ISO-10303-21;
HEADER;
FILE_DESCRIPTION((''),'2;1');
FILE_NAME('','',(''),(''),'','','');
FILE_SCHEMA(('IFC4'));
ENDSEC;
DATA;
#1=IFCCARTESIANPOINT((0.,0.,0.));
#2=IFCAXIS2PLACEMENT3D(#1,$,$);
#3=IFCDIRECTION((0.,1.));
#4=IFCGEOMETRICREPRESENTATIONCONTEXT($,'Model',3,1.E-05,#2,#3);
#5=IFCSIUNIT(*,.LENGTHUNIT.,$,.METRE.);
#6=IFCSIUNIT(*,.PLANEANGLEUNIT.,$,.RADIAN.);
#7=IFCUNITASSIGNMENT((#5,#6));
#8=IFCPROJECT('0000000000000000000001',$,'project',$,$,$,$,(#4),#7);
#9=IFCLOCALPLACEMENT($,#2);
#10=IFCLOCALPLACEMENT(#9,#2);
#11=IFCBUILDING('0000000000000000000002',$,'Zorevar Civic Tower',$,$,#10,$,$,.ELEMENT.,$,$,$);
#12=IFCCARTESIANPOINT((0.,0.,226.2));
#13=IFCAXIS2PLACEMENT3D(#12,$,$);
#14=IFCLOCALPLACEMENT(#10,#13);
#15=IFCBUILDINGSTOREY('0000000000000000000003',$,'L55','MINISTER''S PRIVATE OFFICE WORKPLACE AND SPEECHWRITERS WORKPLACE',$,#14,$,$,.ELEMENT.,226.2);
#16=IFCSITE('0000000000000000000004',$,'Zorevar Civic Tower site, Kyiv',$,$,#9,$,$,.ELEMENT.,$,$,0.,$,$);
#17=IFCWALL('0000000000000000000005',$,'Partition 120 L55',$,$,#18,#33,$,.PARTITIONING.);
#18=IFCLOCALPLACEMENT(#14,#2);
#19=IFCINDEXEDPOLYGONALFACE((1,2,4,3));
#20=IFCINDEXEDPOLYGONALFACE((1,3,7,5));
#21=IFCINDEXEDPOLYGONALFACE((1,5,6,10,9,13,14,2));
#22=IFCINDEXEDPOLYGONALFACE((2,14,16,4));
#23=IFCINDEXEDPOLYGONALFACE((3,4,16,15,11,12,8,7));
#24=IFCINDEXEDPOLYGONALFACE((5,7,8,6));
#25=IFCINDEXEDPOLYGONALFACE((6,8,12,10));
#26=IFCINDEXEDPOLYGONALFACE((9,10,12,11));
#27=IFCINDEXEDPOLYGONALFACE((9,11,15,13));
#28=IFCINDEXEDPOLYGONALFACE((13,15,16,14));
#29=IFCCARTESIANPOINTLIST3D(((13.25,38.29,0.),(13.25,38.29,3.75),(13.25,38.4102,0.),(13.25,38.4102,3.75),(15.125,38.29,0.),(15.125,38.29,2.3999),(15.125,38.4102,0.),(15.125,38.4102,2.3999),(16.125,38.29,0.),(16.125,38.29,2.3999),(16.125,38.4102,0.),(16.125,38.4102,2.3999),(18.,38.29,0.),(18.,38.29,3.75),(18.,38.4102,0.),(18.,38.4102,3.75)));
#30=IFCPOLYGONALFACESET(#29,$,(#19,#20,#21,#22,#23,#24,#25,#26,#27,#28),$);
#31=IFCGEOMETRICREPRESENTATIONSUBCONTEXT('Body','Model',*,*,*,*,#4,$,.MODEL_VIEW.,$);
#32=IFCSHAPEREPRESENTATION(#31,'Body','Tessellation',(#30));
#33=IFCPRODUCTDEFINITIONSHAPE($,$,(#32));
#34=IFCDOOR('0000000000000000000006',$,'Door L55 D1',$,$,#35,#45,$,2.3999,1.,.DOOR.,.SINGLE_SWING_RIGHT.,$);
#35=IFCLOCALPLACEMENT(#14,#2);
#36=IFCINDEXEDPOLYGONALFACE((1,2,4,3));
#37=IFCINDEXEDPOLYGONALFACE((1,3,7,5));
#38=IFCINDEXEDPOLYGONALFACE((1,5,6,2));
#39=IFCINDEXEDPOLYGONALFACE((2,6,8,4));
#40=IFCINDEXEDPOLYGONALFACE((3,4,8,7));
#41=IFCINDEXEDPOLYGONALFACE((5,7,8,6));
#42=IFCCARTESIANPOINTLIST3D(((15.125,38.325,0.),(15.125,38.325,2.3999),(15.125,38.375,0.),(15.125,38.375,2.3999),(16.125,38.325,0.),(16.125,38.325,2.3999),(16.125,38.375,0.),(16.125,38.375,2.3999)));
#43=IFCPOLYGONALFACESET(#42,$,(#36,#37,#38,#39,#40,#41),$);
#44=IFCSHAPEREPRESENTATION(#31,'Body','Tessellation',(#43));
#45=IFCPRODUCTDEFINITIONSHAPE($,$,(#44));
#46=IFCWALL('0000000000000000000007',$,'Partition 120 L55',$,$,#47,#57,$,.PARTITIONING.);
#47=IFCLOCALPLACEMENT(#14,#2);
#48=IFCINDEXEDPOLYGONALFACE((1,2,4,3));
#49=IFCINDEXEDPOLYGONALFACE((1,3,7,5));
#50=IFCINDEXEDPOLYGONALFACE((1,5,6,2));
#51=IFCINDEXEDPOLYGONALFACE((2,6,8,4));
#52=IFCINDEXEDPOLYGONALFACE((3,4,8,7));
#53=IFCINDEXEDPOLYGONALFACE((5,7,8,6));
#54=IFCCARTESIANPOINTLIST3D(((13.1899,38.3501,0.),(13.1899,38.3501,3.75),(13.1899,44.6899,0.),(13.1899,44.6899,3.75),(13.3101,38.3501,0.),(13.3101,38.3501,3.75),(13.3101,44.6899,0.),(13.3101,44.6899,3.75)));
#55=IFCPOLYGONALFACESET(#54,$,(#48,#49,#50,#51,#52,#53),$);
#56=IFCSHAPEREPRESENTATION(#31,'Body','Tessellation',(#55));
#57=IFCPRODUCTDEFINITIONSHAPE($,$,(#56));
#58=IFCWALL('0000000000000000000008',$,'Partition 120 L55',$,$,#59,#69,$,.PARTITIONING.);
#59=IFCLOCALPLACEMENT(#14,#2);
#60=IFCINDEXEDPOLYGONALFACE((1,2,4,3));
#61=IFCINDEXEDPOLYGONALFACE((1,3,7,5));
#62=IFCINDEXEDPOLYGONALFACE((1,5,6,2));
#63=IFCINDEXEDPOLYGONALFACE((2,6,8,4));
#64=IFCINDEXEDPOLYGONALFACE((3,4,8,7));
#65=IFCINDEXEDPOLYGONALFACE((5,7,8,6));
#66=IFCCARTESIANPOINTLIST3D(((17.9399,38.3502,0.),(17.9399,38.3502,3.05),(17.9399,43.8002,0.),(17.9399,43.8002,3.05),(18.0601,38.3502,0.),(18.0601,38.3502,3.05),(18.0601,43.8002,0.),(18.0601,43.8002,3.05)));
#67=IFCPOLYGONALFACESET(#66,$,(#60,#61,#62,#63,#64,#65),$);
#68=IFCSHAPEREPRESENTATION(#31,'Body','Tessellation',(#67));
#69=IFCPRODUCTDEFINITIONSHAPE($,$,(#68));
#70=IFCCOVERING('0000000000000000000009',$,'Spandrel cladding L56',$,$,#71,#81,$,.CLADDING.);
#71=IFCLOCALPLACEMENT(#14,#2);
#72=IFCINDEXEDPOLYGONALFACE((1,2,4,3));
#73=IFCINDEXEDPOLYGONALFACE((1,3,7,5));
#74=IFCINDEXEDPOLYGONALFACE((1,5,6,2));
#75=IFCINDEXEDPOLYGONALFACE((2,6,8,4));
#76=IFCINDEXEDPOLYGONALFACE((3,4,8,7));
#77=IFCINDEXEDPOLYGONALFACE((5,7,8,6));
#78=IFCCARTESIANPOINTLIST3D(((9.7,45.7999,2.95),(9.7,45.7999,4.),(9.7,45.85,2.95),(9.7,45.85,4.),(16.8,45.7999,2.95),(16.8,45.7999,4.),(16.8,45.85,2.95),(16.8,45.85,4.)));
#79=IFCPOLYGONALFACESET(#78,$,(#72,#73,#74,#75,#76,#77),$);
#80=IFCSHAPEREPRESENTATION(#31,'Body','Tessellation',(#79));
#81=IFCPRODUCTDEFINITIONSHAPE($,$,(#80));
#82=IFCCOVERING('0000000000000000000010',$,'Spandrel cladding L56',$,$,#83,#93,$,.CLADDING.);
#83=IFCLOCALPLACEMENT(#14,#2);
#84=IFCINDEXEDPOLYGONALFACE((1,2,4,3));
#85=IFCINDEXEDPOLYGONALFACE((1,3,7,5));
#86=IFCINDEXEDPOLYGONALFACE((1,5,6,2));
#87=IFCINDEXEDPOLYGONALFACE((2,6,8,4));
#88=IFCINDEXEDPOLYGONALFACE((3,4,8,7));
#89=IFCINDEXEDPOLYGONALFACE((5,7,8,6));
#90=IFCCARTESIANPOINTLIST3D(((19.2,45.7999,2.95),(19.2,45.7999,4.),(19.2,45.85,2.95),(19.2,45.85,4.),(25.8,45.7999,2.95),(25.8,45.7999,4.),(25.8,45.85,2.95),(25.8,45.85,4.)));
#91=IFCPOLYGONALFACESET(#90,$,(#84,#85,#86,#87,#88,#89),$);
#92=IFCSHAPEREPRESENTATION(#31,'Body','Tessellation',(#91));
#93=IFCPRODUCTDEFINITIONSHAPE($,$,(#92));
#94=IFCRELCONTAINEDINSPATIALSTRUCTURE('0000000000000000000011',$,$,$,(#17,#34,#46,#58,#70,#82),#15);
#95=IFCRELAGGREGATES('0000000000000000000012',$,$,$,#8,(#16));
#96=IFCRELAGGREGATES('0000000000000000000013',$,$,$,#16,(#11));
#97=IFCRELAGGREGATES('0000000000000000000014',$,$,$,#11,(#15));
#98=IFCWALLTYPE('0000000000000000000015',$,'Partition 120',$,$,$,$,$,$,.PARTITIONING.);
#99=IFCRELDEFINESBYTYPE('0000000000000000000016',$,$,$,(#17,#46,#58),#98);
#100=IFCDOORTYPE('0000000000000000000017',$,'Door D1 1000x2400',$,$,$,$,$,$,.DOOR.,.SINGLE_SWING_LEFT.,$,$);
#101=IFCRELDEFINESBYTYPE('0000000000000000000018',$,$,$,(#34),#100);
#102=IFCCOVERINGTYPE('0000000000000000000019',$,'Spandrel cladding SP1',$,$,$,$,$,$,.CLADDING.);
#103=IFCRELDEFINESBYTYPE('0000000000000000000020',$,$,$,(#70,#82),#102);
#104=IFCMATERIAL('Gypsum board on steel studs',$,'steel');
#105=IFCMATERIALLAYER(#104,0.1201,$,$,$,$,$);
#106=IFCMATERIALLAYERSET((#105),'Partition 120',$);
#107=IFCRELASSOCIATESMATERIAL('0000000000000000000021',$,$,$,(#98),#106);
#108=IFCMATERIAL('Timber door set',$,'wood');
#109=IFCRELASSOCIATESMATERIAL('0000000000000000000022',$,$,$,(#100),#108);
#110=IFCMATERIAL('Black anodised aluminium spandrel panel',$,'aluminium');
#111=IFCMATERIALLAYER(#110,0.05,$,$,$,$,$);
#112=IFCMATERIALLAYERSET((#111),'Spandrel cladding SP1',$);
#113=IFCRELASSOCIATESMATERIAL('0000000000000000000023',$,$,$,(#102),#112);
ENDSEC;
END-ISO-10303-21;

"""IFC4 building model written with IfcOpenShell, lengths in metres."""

from ifc_helpers import new_model, si_unit, direction, frame, frame_2d, origin, place, context, subcontext, project, spatial, rectangle, extrude, material, layer, layer_set, type_object, element, fill, save


model = new_model("IFC4")

# Units and contexts
model_context = context("Model", 3, precision=1e-05, world=origin(), true_north=direction((0.0, 1.0)))
body_context = subcontext(model_context, "Body", "Model", "MODEL_VIEW")
ifc_project = project(units=[si_unit("LENGTHUNIT", "METRE"), si_unit("PLANEANGLEUNIT", "RADIAN")], contexts=[model_context])

# Site, building, storey
site_placement = place(None, origin())
site = spatial("IfcSite", under=ifc_project, at=site_placement, Name="Zorevar Civic Tower site, Kyiv", CompositionType="ELEMENT", RefElevation=0.0)
building_placement = place(site_placement, origin())
building = spatial("IfcBuilding", under=site, at=building_placement, Name="Zorevar Civic Tower", CompositionType="ELEMENT")
storey_placement = place(building_placement, frame((0.0, 0.0, 226.2)))
storey = spatial("IfcBuildingStorey", under=building, at=storey_placement, Name="L55", Description="MINISTER'S PRIVATE OFFICE WORKPLACE AND SPEECHWRITERS WORKPLACE", CompositionType="ELEMENT", Elevation=226.2)

# Wall, opening, door
ifc_material_1 = material(Name="Gypsum board on steel studs", Category="steel")
ifc_layer_1 = layer(ifc_material_1, 0.1201)
ifc_layer_set_1 = layer_set([ifc_layer_1], Name="Partition 120")
wall_type_1 = type_object("IfcWallType", Name="Partition 120", PredefinedType="PARTITIONING", material=ifc_layer_set_1)
wall_1_placement = place(storey_placement, frame((13.25, 38.3501, 0.0), z_axis=(0.0, 0.0, 1.0), x_axis=(1.0, 0.0, 0.0)))
wall_1 = element("IfcWall", 1, at=wall_1_placement, inside=storey, type_object=wall_type_1, Name="Partition 120 L55", PredefinedType="PARTITIONING", context=body_context, shape_type="SweptSolid", body=[
    extrude(rectangle(XDim=4.75, YDim=0.1201, at=frame_2d((2.375, 0.0))), origin(), (0.0, 0.0, 1.0), 3.75),
])
opening_1_placement = place(wall_1_placement, frame((1.875, 0.0, 0.0)))
opening_1 = element("IfcOpeningElement", 2, at=opening_1_placement, cuts=wall_1, PredefinedType="OPENING", context=body_context, shape_type="SweptSolid", body=[
    extrude(rectangle(XDim=1.0, YDim=2.3999, at=frame_2d((0.5, 1.2))), frame((0.0, 0.0701, 0.0), z_axis=(0.0, -1.0, 0.0), x_axis=(1.0, 0.0, 0.0)), (0.0, 0.0, 1.0), 0.1401),
])
ifc_material_2 = material(Name="Timber door set", Category="wood")
door_type_1 = type_object("IfcDoorType", Name="Door D1 1000x2400", OperationType="SINGLE_SWING_LEFT", PredefinedType="DOOR", material=ifc_material_2)
door_1_placement = place(opening_1_placement, origin())
door_1 = element("IfcDoor", 3, at=door_1_placement, inside=storey, type_object=door_type_1, Name="Door L55 D1", OperationType="SINGLE_SWING_RIGHT", OverallHeight=2.3999, OverallWidth=1.0, PredefinedType="DOOR", context=body_context, shape_type="SweptSolid", body=[
    extrude(rectangle(XDim=1.0, YDim=2.3999, at=frame_2d((0.5, 1.2))), frame((0.0, 0.0249, 0.0), z_axis=(0.0, -1.0, 0.0), x_axis=(1.0, 0.0, 0.0)), (0.0, 0.0, 1.0), 0.05),
])
fill(opening_1, door_1)

# Walls
wall_2_placement = place(storey_placement, frame((13.25, 38.3501, 0.0), z_axis=(0.0, 0.0, 1.0), x_axis=(0.0, 1.0, 0.0)))
element("IfcWall", 4, at=wall_2_placement, inside=storey, type_object=wall_type_1, Name="Partition 120 L55", PredefinedType="PARTITIONING", context=body_context, shape_type="SweptSolid", body=[
    extrude(rectangle(XDim=6.3398, YDim=0.1201, at=frame_2d((3.1699, 0.0))), origin(), (0.0, 0.0, 1.0), 3.75),
])
wall_3_placement = place(storey_placement, frame((18.0, 38.3501, 0.0), z_axis=(0.0, 0.0, 1.0), x_axis=(0.0, 1.0, 0.0)))
element("IfcWall", 5, at=wall_3_placement, inside=storey, type_object=wall_type_1, Name="Partition 120 L55", PredefinedType="PARTITIONING", context=body_context, shape_type="SweptSolid", body=[
    extrude(rectangle(XDim=5.45, YDim=0.1201, at=frame_2d((2.7251, 0.0))), origin(), (0.0, 0.0, 1.0), 3.05),
])

# Coverings
ifc_material_3 = material(Name="Black anodised aluminium spandrel panel", Category="aluminium")
ifc_layer_2 = layer(ifc_material_3, 0.05)
ifc_layer_set_2 = layer_set([ifc_layer_2], Name="Spandrel cladding SP1")
covering_type = type_object("IfcCoveringType", Name="Spandrel cladding SP1", PredefinedType="CLADDING", material=ifc_layer_set_2)
covering_1_placement = place(storey_placement, frame((9.7, 45.825, 2.95), z_axis=(0.0, 0.0, 1.0), x_axis=(1.0, 0.0, 0.0)))
element("IfcCovering", 6, at=covering_1_placement, inside=storey, type_object=covering_type, Name="Spandrel cladding L56", PredefinedType="CLADDING", context=body_context, shape_type="SweptSolid", body=[
    extrude(rectangle(XDim=7.1001, YDim=0.05, at=frame_2d((3.55, 0.0))), origin(), (0.0, 0.0, 1.0), 1.05),
])
covering_2_placement = place(storey_placement, frame((19.2, 45.825, 2.95), z_axis=(0.0, 0.0, 1.0), x_axis=(1.0, 0.0, 0.0)))
element("IfcCovering", 7, at=covering_2_placement, inside=storey, type_object=covering_type, Name="Spandrel cladding L56", PredefinedType="CLADDING", context=body_context, shape_type="SweptSolid", body=[
    extrude(rectangle(XDim=6.6001, YDim=0.05, at=frame_2d((3.3, 0.0))), origin(), (0.0, 0.0, 1.0), 1.05),
])

save(model, "model.ifc")
